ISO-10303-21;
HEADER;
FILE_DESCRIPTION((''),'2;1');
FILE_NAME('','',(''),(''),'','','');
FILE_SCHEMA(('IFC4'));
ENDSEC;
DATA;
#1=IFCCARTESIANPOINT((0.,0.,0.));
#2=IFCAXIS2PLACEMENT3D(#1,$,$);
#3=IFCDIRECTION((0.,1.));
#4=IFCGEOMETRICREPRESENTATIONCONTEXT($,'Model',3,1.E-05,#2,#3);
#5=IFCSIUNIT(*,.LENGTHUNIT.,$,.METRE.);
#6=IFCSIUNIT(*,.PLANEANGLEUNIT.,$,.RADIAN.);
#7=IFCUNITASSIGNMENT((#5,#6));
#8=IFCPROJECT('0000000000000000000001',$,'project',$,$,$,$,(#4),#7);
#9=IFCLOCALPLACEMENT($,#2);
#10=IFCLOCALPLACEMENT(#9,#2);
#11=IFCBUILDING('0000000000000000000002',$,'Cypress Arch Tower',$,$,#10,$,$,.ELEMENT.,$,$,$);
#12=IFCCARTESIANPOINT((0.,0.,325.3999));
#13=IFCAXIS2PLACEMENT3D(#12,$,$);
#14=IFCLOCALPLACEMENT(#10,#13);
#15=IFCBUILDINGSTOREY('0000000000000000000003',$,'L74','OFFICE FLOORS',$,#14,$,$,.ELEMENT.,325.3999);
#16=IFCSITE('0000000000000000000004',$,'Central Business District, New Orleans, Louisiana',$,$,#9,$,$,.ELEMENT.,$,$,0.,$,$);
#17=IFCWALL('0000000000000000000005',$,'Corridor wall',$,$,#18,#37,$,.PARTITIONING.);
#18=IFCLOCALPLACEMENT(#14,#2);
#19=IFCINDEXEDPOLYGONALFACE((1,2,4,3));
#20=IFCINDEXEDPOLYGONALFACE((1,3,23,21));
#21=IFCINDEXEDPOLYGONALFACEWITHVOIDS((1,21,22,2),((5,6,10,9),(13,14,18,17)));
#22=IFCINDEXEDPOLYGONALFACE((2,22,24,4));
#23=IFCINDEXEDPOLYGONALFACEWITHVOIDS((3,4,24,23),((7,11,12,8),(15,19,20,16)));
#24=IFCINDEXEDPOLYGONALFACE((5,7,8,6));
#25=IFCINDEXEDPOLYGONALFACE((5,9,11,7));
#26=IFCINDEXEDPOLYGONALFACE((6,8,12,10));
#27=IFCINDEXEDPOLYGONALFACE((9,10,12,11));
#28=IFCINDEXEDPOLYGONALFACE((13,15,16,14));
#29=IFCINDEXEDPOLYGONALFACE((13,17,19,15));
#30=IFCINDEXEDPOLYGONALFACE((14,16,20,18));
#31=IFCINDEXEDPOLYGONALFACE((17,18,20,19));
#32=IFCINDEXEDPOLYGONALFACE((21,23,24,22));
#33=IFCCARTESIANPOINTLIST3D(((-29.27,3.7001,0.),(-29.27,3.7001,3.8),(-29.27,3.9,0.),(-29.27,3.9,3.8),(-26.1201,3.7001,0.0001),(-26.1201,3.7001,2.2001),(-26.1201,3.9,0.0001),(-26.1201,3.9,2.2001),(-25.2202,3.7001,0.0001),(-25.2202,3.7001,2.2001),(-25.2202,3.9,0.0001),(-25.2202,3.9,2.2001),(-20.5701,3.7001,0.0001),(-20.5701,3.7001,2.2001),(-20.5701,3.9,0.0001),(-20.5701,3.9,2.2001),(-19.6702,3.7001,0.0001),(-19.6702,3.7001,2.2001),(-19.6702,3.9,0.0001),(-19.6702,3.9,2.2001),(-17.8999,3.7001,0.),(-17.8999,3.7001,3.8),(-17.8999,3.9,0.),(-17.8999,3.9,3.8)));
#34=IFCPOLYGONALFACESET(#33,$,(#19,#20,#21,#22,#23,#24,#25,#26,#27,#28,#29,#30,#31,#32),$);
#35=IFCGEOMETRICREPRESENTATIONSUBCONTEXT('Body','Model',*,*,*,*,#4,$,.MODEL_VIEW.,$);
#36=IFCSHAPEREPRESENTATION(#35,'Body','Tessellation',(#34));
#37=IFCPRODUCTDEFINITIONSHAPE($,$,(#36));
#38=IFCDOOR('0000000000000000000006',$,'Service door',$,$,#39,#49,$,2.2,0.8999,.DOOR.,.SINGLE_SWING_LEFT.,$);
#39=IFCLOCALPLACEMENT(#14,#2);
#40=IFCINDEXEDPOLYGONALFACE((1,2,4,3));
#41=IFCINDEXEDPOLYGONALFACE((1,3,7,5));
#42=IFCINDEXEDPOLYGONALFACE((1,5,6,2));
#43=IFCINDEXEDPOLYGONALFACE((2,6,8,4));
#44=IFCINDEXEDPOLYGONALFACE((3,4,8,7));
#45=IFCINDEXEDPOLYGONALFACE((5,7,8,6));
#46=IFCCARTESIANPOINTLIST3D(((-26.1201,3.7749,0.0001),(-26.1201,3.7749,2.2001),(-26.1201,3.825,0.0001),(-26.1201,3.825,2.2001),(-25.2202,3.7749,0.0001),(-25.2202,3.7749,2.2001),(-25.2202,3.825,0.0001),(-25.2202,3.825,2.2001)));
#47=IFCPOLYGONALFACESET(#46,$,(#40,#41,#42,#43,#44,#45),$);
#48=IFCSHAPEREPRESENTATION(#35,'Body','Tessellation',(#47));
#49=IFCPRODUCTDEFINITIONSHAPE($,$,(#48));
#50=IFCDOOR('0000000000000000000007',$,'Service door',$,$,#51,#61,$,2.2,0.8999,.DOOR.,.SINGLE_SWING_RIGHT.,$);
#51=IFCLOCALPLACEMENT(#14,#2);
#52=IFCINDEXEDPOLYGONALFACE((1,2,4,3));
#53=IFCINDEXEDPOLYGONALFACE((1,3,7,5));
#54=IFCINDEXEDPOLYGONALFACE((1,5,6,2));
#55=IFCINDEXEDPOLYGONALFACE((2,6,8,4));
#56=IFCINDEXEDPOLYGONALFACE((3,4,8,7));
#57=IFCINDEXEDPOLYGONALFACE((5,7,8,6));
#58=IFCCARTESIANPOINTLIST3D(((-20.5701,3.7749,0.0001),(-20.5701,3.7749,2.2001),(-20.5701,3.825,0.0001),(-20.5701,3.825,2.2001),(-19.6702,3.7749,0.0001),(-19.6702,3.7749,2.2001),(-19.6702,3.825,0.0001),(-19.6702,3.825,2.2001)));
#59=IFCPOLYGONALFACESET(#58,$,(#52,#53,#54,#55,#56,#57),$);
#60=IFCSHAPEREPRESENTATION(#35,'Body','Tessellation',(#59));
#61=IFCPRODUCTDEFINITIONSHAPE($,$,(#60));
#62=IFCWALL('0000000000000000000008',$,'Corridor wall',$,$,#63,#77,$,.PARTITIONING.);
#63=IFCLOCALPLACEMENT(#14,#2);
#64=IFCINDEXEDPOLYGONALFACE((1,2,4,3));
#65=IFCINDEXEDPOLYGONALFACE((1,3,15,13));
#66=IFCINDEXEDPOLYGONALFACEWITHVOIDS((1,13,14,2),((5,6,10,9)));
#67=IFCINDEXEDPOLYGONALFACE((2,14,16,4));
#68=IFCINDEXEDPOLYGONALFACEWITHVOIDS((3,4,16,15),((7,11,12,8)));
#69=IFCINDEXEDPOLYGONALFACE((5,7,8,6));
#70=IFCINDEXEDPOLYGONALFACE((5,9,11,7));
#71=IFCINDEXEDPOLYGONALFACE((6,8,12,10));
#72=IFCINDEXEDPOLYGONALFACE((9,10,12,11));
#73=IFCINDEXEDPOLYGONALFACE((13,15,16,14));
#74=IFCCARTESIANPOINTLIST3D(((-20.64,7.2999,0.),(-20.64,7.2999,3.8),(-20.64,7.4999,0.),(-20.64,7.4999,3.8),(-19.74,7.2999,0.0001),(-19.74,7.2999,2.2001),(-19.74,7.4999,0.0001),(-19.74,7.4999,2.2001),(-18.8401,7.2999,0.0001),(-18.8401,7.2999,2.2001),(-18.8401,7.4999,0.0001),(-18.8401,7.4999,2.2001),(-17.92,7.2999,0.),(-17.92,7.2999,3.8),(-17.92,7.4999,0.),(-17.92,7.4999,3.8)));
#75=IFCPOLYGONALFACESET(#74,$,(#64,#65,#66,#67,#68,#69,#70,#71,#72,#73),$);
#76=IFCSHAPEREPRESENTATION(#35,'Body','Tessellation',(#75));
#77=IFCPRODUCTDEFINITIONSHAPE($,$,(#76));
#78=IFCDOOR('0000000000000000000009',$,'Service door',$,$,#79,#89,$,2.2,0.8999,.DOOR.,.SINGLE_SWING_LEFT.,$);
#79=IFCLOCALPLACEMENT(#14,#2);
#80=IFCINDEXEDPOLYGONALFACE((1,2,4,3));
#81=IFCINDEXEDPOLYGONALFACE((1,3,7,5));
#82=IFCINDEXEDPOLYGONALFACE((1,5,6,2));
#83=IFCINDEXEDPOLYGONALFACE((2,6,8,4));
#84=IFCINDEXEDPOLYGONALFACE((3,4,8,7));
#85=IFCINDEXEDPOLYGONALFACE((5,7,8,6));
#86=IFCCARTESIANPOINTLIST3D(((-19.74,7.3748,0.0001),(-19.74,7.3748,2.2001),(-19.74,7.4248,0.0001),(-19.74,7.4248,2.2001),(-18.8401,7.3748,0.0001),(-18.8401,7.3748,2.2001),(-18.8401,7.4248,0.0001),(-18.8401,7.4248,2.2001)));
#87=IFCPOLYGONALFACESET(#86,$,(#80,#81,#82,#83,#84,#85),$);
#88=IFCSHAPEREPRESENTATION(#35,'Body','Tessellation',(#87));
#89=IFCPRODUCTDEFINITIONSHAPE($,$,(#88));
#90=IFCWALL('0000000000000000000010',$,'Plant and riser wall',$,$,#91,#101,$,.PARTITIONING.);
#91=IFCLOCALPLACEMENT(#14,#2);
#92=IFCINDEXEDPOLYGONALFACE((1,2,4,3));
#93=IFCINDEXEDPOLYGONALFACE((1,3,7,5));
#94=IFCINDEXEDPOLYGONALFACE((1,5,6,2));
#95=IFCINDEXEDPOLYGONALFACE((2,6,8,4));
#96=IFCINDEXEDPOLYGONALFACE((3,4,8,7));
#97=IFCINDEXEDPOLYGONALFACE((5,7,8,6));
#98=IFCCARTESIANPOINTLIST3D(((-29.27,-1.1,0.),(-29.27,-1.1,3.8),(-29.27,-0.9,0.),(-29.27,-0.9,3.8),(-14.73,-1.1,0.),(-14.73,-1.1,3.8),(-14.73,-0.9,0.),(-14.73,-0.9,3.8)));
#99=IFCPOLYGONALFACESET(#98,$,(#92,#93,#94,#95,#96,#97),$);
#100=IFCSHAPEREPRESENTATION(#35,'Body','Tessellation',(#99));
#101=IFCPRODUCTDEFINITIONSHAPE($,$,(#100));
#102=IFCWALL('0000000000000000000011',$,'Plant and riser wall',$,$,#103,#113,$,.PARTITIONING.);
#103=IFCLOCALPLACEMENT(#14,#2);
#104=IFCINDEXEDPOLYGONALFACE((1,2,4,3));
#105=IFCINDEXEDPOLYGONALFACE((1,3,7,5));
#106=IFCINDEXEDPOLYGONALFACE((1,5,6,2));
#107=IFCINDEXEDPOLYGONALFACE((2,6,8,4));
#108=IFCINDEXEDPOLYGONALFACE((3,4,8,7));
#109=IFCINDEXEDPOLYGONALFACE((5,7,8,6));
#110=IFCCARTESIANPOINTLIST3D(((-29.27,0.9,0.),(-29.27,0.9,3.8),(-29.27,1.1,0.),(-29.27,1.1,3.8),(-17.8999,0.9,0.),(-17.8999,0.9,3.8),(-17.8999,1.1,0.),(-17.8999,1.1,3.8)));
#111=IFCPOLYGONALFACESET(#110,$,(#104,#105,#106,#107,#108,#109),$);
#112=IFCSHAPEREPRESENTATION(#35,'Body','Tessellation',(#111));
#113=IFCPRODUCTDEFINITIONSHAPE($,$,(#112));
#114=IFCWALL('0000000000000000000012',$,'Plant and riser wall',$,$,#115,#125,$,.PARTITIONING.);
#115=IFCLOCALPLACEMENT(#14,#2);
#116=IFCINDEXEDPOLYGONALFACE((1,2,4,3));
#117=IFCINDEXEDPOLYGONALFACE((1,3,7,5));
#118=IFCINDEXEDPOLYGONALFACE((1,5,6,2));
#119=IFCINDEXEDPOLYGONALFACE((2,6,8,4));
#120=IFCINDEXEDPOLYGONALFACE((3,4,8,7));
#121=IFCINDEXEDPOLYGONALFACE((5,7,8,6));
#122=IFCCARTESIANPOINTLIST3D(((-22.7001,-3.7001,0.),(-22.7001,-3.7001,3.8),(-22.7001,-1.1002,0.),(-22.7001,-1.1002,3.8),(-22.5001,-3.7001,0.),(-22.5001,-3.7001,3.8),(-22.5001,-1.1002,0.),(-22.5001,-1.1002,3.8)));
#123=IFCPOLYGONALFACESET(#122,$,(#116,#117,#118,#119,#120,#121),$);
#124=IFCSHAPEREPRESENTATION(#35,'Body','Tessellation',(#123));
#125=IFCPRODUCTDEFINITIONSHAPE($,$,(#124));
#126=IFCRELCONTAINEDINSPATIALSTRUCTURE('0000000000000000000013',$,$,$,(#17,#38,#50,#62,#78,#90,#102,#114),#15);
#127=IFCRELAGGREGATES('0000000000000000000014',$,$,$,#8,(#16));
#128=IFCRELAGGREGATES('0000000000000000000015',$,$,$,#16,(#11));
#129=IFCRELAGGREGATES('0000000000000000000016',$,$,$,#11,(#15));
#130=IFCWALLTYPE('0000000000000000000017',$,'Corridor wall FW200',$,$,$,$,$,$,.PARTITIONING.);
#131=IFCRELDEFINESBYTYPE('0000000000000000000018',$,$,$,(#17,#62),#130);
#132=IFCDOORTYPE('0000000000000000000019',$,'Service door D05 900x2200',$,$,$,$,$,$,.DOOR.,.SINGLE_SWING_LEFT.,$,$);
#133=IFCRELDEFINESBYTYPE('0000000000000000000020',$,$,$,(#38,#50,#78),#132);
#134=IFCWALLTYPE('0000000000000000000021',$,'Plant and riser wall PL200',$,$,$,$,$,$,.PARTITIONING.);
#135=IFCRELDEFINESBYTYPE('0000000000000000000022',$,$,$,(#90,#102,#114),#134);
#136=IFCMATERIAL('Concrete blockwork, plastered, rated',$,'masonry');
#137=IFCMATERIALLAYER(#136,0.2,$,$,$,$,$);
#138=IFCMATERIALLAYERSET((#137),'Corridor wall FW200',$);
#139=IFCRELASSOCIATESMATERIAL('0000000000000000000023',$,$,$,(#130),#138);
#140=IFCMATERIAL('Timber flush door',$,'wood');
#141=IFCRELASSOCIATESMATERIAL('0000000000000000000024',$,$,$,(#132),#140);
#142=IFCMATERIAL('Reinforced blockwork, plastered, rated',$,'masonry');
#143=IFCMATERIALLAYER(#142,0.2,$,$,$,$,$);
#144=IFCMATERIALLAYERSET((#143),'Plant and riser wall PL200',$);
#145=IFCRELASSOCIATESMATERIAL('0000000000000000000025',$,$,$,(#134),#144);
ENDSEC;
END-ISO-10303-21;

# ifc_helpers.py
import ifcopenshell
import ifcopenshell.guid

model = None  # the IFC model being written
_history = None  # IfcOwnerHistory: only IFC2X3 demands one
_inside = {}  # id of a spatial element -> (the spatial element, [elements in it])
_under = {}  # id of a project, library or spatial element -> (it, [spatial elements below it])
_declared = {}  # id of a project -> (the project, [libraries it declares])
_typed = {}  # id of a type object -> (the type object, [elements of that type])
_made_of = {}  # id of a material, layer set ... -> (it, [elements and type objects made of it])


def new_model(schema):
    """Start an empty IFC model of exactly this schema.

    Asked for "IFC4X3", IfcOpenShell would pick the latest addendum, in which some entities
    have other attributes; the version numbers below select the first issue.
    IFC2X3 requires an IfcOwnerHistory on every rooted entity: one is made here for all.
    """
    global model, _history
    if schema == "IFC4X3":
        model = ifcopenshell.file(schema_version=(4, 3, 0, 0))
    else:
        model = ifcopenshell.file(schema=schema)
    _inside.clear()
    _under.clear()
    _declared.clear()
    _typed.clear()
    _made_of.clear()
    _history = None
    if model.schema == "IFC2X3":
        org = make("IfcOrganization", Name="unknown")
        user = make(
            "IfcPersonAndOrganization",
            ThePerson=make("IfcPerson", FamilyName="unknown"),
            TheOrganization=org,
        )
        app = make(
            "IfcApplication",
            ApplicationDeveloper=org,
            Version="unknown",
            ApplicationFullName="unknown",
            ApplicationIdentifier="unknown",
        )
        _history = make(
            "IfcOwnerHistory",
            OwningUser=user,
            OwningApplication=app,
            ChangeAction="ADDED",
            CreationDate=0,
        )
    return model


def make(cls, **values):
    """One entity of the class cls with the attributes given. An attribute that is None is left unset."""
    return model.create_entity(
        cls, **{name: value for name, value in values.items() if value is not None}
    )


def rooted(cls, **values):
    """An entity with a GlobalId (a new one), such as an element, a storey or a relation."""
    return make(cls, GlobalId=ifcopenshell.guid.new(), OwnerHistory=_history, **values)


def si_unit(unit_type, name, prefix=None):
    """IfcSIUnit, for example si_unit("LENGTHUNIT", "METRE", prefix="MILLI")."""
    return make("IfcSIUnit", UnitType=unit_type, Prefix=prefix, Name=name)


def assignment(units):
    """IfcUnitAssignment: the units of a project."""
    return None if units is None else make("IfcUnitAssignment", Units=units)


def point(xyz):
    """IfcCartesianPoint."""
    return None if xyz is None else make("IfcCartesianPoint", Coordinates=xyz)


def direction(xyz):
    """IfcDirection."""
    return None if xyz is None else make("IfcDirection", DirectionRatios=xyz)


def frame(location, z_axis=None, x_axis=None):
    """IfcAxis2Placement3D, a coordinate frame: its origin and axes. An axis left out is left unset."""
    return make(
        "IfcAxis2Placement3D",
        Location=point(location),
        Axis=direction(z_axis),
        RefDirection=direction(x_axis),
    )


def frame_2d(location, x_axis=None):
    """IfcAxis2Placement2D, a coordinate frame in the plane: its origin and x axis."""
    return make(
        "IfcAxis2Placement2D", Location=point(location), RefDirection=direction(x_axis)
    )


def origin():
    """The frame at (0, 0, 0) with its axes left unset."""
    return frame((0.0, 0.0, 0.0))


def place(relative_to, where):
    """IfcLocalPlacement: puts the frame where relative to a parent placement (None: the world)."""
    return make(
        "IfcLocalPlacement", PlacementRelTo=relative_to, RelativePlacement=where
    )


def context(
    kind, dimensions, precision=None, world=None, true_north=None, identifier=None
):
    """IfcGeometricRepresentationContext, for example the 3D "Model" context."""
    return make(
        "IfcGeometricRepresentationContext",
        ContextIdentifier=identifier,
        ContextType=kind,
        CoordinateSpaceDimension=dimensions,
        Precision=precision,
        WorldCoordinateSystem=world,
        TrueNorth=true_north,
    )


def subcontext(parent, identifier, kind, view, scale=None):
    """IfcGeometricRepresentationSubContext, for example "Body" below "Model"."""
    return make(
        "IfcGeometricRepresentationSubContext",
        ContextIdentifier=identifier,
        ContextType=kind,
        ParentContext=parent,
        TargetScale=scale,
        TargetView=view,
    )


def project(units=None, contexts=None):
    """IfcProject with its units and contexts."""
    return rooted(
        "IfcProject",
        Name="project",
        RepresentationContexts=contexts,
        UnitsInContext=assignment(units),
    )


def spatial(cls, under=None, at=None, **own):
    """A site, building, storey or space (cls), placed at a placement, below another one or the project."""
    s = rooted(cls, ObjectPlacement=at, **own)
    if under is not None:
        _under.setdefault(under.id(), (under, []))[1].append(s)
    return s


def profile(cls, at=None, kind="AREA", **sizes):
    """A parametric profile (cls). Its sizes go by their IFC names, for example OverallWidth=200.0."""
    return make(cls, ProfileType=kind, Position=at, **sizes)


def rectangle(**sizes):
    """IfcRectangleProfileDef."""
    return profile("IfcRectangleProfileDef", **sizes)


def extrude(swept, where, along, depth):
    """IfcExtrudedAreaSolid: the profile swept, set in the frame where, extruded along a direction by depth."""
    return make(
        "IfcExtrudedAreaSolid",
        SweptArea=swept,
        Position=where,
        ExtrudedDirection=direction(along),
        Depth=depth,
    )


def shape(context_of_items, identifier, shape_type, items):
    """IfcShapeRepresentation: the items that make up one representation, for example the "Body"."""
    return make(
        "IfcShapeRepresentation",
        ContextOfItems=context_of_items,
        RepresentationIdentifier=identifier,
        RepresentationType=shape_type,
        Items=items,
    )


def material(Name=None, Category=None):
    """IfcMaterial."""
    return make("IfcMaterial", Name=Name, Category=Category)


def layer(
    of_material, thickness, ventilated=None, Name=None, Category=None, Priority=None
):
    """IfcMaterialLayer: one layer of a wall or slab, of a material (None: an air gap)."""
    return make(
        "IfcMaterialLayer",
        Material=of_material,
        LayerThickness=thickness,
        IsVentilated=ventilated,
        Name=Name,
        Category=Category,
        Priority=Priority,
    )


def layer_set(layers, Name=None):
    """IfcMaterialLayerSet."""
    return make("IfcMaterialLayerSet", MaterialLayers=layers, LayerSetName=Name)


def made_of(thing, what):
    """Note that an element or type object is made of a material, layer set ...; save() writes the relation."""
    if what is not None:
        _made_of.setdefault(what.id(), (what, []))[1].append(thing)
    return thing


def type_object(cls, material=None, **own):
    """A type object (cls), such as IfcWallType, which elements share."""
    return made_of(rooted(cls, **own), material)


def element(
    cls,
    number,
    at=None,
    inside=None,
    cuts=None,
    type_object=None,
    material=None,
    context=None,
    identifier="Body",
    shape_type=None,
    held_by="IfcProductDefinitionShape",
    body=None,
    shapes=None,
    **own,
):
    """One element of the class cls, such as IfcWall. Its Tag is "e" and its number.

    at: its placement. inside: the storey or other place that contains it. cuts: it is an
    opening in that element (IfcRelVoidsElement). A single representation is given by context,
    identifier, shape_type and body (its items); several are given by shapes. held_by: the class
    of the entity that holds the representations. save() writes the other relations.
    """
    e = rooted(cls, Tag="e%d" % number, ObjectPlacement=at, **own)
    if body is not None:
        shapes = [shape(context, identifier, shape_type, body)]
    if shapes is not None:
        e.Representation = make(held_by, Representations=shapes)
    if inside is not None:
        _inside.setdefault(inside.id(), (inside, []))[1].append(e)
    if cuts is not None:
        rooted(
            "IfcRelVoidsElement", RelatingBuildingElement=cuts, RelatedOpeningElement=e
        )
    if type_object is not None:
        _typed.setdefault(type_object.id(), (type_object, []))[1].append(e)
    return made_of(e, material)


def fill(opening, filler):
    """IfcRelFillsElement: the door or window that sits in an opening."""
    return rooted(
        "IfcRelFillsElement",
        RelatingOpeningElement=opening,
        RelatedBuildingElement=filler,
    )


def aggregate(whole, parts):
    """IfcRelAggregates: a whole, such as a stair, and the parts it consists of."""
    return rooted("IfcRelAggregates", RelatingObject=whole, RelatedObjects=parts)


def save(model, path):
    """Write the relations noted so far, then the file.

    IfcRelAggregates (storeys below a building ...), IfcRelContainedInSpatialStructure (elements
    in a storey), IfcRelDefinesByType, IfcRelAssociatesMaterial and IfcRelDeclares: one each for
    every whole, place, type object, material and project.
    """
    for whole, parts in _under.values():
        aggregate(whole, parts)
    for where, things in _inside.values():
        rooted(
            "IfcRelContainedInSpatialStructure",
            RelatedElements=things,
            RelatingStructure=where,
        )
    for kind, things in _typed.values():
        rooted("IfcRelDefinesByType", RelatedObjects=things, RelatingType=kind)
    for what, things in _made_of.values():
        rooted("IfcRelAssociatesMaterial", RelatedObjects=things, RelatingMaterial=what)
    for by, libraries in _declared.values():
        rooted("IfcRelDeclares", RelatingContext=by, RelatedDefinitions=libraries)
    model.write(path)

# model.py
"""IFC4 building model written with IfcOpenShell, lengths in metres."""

from ifc_helpers import new_model, si_unit, direction, frame, frame_2d, origin, place, context, subcontext, project, spatial, rectangle, extrude, material, layer, layer_set, type_object, element, fill, save


model = new_model("IFC4")

# Units and contexts
model_context = context("Model", 3, precision=1e-05, world=origin(), true_north=direction((0.0, 1.0)))
body_context = subcontext(model_context, "Body", "Model", "MODEL_VIEW")
ifc_project = project(units=[si_unit("LENGTHUNIT", "METRE"), si_unit("PLANEANGLEUNIT", "RADIAN")], contexts=[model_context])

# Site, building, storey
site_placement = place(None, origin())
site = spatial("IfcSite", under=ifc_project, at=site_placement, Name="Central Business District, New Orleans, Louisiana", CompositionType="ELEMENT", RefElevation=0.0)
building_placement = place(site_placement, origin())
building = spatial("IfcBuilding", under=site, at=building_placement, Name="Cypress Arch Tower", CompositionType="ELEMENT")
storey_placement = place(building_placement, frame((0.0, 0.0, 325.3999)))
storey = spatial("IfcBuildingStorey", under=building, at=storey_placement, Name="L74", Description="OFFICE FLOORS", CompositionType="ELEMENT", Elevation=325.3999)

# Wall, openings, doors
ifc_material_1 = material(Name="Concrete blockwork, plastered, rated", Category="masonry")
ifc_layer_1 = layer(ifc_material_1, 0.2)
ifc_layer_set_1 = layer_set([ifc_layer_1], Name="Corridor wall FW200")
wall_type_1 = type_object("IfcWallType", Name="Corridor wall FW200", PredefinedType="PARTITIONING", material=ifc_layer_set_1)
wall_1_placement = place(storey_placement, frame((-29.27, 3.8, 0.0), z_axis=(0.0, 0.0, 1.0), x_axis=(1.0, 0.0, 0.0)))
wall_1 = element("IfcWall", 1, at=wall_1_placement, inside=storey, type_object=wall_type_1, Name="Corridor wall", PredefinedType="PARTITIONING", context=body_context, shape_type="SweptSolid", body=[
    extrude(rectangle(XDim=11.3701, YDim=0.2, at=frame_2d((5.6851, 0.0))), origin(), (0.0, 0.0, 1.0), 3.8),
])
opening_1_placement = place(wall_1_placement, frame((3.1499, 0.0, 0.0)))
opening_1 = element("IfcOpeningElement", 2, at=opening_1_placement, cuts=wall_1, PredefinedType="OPENING", context=body_context, shape_type="SweptSolid", body=[
    extrude(rectangle(XDim=0.8999, YDim=2.2, at=frame_2d((0.45, 1.1001))), frame((0.0, 0.1099, 0.0), z_axis=(0.0, -1.0, 0.0), x_axis=(1.0, 0.0, 0.0)), (0.0, 0.0, 1.0), 0.22),
])
opening_2_placement = place(wall_1_placement, frame((8.7, 0.0, 0.0)))
opening_2 = element("IfcOpeningElement", 3, at=opening_2_placement, cuts=wall_1, PredefinedType="OPENING", context=body_context, shape_type="SweptSolid", body=[
    extrude(rectangle(XDim=0.8999, YDim=2.2, at=frame_2d((0.45, 1.1001))), frame((0.0, 0.1099, 0.0), z_axis=(0.0, -1.0, 0.0), x_axis=(1.0, 0.0, 0.0)), (0.0, 0.0, 1.0), 0.22),
])
ifc_material_2 = material(Name="Timber flush door", Category="wood")
door_type_1 = type_object("IfcDoorType", Name="Service door D05 900x2200", OperationType="SINGLE_SWING_LEFT", PredefinedType="DOOR", material=ifc_material_2)
door_1_placement = place(opening_1_placement, origin())
door_1 = element("IfcDoor", 4, at=door_1_placement, inside=storey, type_object=door_type_1, Name="Service door", OperationType="SINGLE_SWING_LEFT", OverallHeight=2.2, OverallWidth=0.8999, PredefinedType="DOOR", context=body_context, shape_type="SweptSolid", body=[
    extrude(rectangle(XDim=0.8999, YDim=2.2, at=frame_2d((0.45, 1.1001))), frame((0.0, 0.0249, 0.0), z_axis=(0.0, -1.0, 0.0), x_axis=(1.0, 0.0, 0.0)), (0.0, 0.0, 1.0), 0.05),
])
fill(opening_1, door_1)
door_2_placement = place(opening_2_placement, origin())
door_2 = element("IfcDoor", 5, at=door_2_placement, inside=storey, type_object=door_type_1, Name="Service door", OperationType="SINGLE_SWING_RIGHT", OverallHeight=2.2, OverallWidth=0.8999, PredefinedType="DOOR", context=body_context, shape_type="SweptSolid", body=[
    extrude(rectangle(XDim=0.8999, YDim=2.2, at=frame_2d((0.45, 1.1001))), frame((0.0, 0.0249, 0.0), z_axis=(0.0, -1.0, 0.0), x_axis=(1.0, 0.0, 0.0)), (0.0, 0.0, 1.0), 0.05),
])
fill(opening_2, door_2)

# Wall, opening, door
wall_2_placement = place(storey_placement, frame((-20.6399, 7.3999, 0.0), z_axis=(0.0, 0.0, 1.0), x_axis=(1.0, 0.0, 0.0)))
wall_2 = element("IfcWall", 6, at=wall_2_placement, inside=storey, type_object=wall_type_1, Name="Corridor wall", PredefinedType="PARTITIONING", context=body_context, shape_type="SweptSolid", body=[
    extrude(rectangle(XDim=2.72, YDim=0.2, at=frame_2d((1.3599, 0.0))), origin(), (0.0, 0.0, 1.0), 3.8),
])
opening_3_placement = place(wall_2_placement, frame((0.8999, 0.0, 0.0)))
opening_3 = element("IfcOpeningElement", 7, at=opening_3_placement, cuts=wall_2, PredefinedType="OPENING", context=body_context, shape_type="SweptSolid", body=[
    extrude(rectangle(XDim=0.8999, YDim=2.2, at=frame_2d((0.45, 1.1001))), frame((0.0, 0.1099, 0.0), z_axis=(0.0, -1.0, 0.0), x_axis=(1.0, 0.0, 0.0)), (0.0, 0.0, 1.0), 0.22),
])
door_3_placement = place(opening_3_placement, origin())
door_3 = element("IfcDoor", 8, at=door_3_placement, inside=storey, type_object=door_type_1, Name="Service door", OperationType="SINGLE_SWING_LEFT", OverallHeight=2.2, OverallWidth=0.8999, PredefinedType="DOOR", context=body_context, shape_type="SweptSolid", body=[
    extrude(rectangle(XDim=0.8999, YDim=2.2, at=frame_2d((0.45, 1.1001))), frame((0.0, 0.0249, 0.0), z_axis=(0.0, -1.0, 0.0), x_axis=(1.0, 0.0, 0.0)), (0.0, 0.0, 1.0), 0.05),
])
fill(opening_3, door_3)

# Walls
ifc_material_3 = material(Name="Reinforced blockwork, plastered, rated", Category="masonry")
ifc_layer_2 = layer(ifc_material_3, 0.2)
ifc_layer_set_2 = layer_set([ifc_layer_2], Name="Plant and riser wall PL200")
wall_type_2 = type_object("IfcWallType", Name="Plant and riser wall PL200", PredefinedType="PARTITIONING", material=ifc_layer_set_2)
wall_3_placement = place(storey_placement, frame((-29.27, -1.0, 0.0), z_axis=(0.0, 0.0, 1.0), x_axis=(1.0, 0.0, 0.0)))
element("IfcWall", 9, at=wall_3_placement, inside=storey, type_object=wall_type_2, Name="Plant and riser wall", PredefinedType="PARTITIONING", context=body_context, shape_type="SweptSolid", body=[
    extrude(rectangle(XDim=14.54, YDim=0.2, at=frame_2d((7.27, 0.0))), origin(), (0.0, 0.0, 1.0), 3.8),
])
wall_4_placement = place(storey_placement, frame((-29.27, 1.0, 0.0), z_axis=(0.0, 0.0, 1.0), x_axis=(1.0, 0.0, 0.0)))
element("IfcWall", 10, at=wall_4_placement, inside=storey, type_object=wall_type_2, Name="Plant and riser wall", PredefinedType="PARTITIONING", context=body_context, shape_type="SweptSolid", body=[
    extrude(rectangle(XDim=11.3701, YDim=0.2, at=frame_2d((5.6851, 0.0))), origin(), (0.0, 0.0, 1.0), 3.8),
])
wall_5_placement = place(storey_placement, frame((-22.6001, -3.7, 0.0), z_axis=(0.0, 0.0, 1.0), x_axis=(0.0, 1.0, 0.0)))
element("IfcWall", 11, at=wall_5_placement, inside=storey, type_object=wall_type_2, Name="Plant and riser wall", PredefinedType="PARTITIONING", context=body_context, shape_type="SweptSolid", body=[
    extrude(rectangle(XDim=2.5999, YDim=0.2, at=frame_2d((1.2998, 0.0))), origin(), (0.0, 0.0, 1.0), 3.8),
])

save(model, "model.ifc")
